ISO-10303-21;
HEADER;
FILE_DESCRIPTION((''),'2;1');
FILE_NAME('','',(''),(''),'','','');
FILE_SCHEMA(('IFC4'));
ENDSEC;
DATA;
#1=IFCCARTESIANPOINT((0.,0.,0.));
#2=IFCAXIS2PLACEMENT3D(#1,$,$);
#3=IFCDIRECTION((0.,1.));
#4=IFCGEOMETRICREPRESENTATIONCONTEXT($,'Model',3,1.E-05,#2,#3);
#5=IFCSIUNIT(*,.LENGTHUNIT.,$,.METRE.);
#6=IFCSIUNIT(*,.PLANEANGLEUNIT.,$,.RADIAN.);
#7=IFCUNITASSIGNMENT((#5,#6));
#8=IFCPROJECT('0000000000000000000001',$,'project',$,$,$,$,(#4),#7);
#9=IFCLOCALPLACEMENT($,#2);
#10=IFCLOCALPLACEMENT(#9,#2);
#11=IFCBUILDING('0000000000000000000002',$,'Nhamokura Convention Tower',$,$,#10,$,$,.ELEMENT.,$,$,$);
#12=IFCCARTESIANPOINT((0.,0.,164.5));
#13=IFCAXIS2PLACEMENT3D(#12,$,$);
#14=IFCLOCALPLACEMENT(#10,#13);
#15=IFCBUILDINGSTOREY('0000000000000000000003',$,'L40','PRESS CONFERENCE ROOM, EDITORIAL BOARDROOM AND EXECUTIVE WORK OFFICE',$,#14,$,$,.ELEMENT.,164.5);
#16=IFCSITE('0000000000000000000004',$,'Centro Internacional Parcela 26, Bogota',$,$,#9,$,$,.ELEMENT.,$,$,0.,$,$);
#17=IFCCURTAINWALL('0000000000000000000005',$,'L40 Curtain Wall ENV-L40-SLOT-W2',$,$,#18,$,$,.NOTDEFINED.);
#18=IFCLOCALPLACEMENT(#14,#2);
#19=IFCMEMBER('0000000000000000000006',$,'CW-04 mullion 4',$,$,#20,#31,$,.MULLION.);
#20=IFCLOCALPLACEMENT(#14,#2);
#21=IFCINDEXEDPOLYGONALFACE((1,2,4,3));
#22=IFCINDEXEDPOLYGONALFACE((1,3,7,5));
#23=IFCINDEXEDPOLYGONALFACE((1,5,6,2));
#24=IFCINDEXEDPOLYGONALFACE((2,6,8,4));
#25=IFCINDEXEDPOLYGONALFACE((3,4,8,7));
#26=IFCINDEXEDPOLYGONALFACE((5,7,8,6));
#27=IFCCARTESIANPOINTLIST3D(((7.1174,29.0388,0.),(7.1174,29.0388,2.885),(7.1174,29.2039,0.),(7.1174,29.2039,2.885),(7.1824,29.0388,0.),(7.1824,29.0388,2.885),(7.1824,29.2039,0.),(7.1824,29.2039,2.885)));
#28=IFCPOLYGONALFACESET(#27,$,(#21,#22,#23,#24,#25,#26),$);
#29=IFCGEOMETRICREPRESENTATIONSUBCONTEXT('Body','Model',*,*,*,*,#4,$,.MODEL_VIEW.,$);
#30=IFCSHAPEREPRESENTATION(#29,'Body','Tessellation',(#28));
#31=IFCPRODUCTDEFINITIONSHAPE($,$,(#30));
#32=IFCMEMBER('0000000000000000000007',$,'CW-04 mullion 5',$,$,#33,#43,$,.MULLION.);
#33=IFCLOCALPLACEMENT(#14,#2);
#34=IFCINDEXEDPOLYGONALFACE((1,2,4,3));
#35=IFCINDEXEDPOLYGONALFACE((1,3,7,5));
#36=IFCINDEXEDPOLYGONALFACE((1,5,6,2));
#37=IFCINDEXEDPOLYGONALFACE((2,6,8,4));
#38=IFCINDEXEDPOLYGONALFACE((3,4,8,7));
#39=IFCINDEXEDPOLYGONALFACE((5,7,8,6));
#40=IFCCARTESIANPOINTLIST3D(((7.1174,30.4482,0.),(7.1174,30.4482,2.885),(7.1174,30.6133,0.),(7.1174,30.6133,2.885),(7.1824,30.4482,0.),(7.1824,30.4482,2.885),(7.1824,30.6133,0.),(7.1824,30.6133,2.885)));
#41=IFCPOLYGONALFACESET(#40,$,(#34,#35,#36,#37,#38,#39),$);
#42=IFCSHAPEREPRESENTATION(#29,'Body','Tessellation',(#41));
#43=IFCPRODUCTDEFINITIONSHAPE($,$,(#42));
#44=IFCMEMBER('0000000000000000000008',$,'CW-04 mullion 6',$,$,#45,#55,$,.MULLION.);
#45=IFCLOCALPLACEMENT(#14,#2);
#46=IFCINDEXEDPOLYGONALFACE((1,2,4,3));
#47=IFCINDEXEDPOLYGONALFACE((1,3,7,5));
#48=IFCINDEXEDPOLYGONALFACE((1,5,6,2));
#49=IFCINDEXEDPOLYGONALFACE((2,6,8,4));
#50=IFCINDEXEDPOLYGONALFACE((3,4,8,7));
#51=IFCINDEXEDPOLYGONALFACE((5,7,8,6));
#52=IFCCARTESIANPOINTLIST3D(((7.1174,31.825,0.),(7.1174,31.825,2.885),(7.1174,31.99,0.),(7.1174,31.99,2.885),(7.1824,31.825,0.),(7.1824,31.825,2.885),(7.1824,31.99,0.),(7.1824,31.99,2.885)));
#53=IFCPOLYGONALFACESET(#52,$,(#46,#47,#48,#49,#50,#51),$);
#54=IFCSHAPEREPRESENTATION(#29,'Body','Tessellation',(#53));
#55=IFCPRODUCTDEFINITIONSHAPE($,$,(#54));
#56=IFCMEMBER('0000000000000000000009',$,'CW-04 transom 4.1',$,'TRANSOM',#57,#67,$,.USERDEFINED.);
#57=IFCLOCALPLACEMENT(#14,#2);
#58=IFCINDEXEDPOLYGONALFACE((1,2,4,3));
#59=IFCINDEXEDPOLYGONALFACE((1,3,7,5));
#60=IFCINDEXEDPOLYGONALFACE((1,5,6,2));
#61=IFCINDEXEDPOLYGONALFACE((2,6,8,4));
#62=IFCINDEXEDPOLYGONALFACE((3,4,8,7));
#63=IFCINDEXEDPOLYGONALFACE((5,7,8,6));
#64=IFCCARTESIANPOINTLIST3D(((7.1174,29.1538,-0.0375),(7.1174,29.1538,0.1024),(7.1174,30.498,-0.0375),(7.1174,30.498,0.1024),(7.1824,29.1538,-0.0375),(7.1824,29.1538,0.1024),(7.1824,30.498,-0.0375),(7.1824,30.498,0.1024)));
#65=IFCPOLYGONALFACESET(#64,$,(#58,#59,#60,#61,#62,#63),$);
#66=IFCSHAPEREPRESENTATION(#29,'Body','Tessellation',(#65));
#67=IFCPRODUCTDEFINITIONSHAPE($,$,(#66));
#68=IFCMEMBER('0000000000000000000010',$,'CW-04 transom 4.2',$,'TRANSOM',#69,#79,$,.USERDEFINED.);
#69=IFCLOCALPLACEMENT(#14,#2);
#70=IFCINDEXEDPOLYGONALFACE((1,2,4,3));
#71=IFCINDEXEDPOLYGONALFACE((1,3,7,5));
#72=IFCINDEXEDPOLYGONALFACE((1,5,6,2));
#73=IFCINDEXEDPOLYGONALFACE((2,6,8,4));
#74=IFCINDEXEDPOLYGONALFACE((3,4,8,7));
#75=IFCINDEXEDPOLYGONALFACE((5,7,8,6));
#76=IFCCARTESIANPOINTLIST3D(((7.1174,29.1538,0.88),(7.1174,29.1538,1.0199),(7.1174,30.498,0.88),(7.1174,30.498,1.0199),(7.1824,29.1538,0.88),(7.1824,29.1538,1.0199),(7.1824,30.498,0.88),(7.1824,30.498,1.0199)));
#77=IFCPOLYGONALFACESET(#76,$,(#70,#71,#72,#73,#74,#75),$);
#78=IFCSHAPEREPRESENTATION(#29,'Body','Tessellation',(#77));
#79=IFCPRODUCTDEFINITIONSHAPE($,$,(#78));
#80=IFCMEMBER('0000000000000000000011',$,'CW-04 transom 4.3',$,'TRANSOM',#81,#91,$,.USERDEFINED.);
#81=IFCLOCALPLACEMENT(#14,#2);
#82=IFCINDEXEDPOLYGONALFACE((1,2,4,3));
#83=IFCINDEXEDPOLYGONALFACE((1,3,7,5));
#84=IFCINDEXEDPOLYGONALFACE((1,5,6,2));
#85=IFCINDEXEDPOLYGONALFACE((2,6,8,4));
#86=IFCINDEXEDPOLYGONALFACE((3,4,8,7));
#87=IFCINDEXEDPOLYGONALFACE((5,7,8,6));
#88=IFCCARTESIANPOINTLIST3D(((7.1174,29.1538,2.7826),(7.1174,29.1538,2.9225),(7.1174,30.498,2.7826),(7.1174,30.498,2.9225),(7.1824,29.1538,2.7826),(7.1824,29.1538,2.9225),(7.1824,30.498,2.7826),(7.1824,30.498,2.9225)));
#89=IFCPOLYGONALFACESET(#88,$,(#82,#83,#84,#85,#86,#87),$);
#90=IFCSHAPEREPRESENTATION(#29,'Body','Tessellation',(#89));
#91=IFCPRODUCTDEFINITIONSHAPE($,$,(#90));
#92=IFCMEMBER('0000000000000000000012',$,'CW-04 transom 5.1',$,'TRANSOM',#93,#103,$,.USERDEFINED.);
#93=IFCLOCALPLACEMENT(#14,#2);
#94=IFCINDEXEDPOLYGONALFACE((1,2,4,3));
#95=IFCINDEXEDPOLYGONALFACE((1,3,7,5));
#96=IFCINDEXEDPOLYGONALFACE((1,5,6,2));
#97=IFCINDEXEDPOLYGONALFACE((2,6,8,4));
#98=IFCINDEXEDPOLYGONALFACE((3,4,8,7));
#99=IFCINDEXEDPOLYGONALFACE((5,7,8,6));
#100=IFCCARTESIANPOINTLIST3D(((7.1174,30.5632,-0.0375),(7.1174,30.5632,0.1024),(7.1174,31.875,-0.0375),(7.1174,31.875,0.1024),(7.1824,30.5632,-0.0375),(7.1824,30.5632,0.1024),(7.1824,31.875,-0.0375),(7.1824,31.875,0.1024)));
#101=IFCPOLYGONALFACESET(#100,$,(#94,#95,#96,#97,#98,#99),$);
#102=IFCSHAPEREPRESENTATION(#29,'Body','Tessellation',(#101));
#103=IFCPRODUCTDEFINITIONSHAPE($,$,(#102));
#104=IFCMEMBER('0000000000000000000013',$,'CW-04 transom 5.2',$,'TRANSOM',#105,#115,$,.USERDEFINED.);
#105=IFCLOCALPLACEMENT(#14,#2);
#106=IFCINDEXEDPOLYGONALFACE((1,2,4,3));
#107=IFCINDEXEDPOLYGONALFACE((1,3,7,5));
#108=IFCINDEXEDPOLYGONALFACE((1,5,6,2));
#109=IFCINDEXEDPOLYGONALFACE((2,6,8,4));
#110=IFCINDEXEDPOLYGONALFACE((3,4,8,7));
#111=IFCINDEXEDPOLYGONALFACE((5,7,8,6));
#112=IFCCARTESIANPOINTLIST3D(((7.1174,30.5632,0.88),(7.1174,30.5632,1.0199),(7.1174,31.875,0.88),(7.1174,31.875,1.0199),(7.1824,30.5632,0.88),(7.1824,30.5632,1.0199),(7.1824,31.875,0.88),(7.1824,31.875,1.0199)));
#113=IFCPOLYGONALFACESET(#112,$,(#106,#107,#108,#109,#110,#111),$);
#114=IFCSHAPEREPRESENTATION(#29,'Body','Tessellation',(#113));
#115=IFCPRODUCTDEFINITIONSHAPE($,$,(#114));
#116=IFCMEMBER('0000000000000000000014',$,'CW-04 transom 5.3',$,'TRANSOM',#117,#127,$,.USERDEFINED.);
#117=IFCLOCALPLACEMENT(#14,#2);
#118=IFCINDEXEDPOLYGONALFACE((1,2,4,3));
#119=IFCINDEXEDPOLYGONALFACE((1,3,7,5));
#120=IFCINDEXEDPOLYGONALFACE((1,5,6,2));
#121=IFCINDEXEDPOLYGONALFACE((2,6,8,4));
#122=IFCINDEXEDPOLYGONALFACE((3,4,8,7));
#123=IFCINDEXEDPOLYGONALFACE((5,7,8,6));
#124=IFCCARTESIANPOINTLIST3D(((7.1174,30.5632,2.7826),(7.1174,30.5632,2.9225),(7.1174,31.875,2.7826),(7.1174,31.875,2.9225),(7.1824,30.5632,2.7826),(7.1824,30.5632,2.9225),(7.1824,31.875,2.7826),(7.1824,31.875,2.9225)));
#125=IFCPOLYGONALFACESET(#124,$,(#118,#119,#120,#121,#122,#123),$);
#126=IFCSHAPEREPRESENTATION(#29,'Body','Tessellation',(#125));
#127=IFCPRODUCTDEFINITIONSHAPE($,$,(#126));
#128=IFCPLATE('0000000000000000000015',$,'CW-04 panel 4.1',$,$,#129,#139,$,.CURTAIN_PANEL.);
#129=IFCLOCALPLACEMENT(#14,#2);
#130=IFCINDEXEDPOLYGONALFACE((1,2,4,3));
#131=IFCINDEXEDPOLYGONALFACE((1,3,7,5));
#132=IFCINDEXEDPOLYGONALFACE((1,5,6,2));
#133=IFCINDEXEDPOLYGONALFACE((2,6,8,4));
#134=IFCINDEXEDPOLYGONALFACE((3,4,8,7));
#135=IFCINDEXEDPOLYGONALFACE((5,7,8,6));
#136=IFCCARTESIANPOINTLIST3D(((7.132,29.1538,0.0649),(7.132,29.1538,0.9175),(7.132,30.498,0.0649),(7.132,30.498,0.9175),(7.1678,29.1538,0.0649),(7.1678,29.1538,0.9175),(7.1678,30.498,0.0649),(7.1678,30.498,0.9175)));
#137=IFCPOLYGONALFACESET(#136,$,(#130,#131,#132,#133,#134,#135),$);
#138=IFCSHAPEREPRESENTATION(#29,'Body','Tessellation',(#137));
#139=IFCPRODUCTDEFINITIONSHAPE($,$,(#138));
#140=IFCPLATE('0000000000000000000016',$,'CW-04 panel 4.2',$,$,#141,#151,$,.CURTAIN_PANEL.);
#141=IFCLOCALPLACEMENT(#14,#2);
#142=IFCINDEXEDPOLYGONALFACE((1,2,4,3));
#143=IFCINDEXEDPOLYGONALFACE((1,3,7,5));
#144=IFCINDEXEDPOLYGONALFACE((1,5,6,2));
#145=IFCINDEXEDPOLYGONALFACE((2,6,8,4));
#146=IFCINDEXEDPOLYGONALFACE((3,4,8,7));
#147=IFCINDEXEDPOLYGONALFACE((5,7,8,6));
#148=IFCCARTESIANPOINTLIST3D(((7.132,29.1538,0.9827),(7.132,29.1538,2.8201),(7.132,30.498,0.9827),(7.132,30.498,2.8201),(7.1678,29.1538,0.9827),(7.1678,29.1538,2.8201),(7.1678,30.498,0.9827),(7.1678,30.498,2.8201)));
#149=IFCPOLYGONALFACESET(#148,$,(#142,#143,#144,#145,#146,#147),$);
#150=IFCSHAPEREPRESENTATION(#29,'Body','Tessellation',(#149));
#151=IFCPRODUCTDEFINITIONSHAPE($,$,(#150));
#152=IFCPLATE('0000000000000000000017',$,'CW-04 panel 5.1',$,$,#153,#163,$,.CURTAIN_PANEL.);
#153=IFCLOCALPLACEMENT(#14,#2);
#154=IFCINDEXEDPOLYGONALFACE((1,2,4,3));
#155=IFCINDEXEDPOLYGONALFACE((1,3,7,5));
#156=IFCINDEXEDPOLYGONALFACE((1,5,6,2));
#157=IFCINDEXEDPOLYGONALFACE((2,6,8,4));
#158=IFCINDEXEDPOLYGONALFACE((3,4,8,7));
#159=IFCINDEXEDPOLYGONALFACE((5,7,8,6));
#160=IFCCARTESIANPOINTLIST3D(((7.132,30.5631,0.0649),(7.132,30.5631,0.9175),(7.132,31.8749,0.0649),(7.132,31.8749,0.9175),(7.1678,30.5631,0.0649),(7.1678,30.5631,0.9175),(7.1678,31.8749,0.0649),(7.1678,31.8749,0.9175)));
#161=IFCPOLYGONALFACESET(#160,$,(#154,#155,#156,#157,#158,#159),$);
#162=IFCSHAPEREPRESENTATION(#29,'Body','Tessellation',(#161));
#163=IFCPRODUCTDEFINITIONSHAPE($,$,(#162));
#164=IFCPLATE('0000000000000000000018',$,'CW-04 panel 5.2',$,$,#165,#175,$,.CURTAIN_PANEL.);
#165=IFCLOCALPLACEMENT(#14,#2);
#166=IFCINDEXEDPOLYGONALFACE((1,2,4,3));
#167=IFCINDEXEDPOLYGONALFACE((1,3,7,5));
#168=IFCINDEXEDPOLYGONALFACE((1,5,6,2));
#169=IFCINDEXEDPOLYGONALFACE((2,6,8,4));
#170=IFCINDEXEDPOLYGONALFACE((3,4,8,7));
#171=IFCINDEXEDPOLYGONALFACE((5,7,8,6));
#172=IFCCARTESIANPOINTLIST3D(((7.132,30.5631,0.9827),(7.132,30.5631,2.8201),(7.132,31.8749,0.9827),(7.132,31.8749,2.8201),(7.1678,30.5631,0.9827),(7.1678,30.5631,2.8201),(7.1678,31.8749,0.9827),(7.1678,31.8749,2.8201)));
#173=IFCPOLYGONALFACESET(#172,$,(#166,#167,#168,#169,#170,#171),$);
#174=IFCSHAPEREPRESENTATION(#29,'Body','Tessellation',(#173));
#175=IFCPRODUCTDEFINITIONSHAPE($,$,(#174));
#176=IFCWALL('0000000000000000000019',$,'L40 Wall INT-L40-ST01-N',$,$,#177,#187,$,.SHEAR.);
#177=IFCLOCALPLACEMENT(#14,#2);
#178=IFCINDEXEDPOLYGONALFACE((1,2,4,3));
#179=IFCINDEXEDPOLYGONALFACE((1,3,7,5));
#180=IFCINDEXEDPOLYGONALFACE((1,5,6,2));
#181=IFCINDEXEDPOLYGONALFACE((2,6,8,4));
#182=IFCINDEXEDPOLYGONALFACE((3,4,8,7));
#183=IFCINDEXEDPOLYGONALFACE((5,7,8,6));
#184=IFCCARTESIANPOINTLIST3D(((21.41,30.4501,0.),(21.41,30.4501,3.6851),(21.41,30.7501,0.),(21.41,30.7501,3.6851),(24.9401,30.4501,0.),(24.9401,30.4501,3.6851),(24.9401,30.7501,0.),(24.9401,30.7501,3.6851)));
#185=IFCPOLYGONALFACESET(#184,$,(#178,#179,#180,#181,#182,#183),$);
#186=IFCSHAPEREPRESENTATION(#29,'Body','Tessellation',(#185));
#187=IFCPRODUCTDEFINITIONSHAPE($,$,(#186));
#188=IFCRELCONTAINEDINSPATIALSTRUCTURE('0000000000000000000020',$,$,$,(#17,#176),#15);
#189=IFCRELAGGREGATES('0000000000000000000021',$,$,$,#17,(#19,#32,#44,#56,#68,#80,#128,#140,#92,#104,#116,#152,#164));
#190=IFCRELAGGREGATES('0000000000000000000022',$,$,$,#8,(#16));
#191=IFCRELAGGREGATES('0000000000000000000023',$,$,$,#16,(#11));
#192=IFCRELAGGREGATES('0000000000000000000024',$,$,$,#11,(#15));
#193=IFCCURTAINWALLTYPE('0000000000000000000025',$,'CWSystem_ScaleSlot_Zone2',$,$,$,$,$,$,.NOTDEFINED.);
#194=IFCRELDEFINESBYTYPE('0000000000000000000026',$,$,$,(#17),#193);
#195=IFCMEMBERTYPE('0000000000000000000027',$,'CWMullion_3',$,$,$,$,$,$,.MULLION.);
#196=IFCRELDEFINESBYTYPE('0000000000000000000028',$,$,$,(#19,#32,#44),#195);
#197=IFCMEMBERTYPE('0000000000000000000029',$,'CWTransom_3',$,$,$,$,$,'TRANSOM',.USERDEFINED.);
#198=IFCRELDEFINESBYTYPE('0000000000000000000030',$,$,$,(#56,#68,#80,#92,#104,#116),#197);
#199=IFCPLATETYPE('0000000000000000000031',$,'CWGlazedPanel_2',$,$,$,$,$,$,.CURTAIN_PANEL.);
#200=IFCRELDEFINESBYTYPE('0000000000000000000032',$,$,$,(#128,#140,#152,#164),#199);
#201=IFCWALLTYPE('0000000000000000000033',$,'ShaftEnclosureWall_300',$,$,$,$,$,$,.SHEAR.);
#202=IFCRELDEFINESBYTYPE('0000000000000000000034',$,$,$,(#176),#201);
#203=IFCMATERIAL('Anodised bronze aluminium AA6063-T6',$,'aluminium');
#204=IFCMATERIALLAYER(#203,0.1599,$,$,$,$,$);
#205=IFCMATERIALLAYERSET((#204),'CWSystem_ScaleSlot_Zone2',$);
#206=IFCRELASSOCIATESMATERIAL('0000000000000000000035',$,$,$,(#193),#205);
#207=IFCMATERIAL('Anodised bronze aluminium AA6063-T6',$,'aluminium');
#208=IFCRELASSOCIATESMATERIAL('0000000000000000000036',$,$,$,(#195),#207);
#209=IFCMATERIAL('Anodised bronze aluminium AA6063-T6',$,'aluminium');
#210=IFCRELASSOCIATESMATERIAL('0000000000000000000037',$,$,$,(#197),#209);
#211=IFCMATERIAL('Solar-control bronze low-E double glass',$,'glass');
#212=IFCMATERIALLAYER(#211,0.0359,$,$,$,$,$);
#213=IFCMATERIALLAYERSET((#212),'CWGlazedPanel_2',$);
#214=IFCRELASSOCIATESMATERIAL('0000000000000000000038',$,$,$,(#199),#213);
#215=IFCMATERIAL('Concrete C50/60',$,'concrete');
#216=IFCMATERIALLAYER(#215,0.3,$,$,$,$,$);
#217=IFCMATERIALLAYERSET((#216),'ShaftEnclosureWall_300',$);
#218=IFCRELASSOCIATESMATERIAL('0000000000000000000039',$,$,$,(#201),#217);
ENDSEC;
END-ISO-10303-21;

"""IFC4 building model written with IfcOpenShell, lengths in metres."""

from ifc_helpers import new_model, si_unit, direction, frame, frame_2d, origin, origin_2d, place, context, subcontext, project, spatial, rectangle, extrude, material, layer, layer_set, material_profile, profile_set, type_object, element, aggregate, save


model = new_model("IFC4")

# Units and contexts
model_context = context("Model", 3, precision=1e-05, world=origin(), true_north=direction((0.0, 1.0)))
body_context = subcontext(model_context, "Body", "Model", "MODEL_VIEW")
ifc_project = project(units=[si_unit("LENGTHUNIT", "METRE"), si_unit("PLANEANGLEUNIT", "RADIAN")], contexts=[model_context])

# Site, building, storey
site_placement = place(None, origin())
site = spatial("IfcSite", under=ifc_project, at=site_placement, Name="Centro Internacional Parcela 26, Bogota", CompositionType="ELEMENT", RefElevation=0.0)
building_placement = place(site_placement, origin())
building = spatial("IfcBuilding", under=site, at=building_placement, Name="Nhamokura Convention Tower", CompositionType="ELEMENT")
storey_placement = place(building_placement, frame((0.0, 0.0, 164.5)))
storey = spatial("IfcBuildingStorey", under=building, at=storey_placement, Name="L40", Description="PRESS CONFERENCE ROOM, EDITORIAL BOARDROOM AND EXECUTIVE WORK OFFICE", CompositionType="ELEMENT", Elevation=164.5)

# Curtain wall, members, plates
ifc_material_1 = material(Name="Anodised bronze aluminium AA6063-T6", Category="aluminium")
ifc_layer_1 = layer(ifc_material_1, 0.1599)
ifc_layer_set_1 = layer_set([ifc_layer_1], Name="CWSystem_ScaleSlot_Zone2")
curtain_wall_type = type_object("IfcCurtainWallType", Name="CWSystem_ScaleSlot_Zone2", PredefinedType="NOTDEFINED", material=ifc_layer_set_1)
curtain_wall_placement = place(storey_placement, origin())
curtain_wall = element("IfcCurtainWall", 1, at=curtain_wall_placement, inside=storey, type_object=curtain_wall_type, Name="L40 Curtain Wall ENV-L40-SLOT-W2", PredefinedType="NOTDEFINED")
ifc_material_2 = material(Name="Anodised bronze aluminium AA6063-T6", Category="aluminium")
ifc_material_profile_1 = material_profile(ifc_material_2, rectangle(XDim=0.0649, YDim=0.165, at=origin_2d()))
ifc_profile_set_1 = profile_set([ifc_material_profile_1], Name="Anodised bronze aluminium AA6063-T6")
member_type_1 = type_object("IfcMemberType", Name="CWMullion_3", PredefinedType="MULLION", material=ifc_profile_set_1)
member_1_placement = place(storey_placement, frame((7.1499, 29.1213, 0.0), z_axis=(0.0, 0.0, 1.0), x_axis=(-1.0, 0.0, 0.0)))
member_1 = element("IfcMember", 2, at=member_1_placement, type_object=member_type_1, Name="CW-04 mullion 4", PredefinedType="MULLION", context=body_context, shape_type="SweptSolid", body=[
    extrude(rectangle(XDim=0.0649, YDim=0.165, at=origin_2d()), origin(), (0.0, 0.0, 1.0), 2.885),
])
member_2_placement = place(storey_placement, frame((7.1499, 30.5308, 0.0), z_axis=(0.0, 0.0, 1.0), x_axis=(-1.0, 0.0, 0.0)))
member_2 = element("IfcMember", 3, at=member_2_placement, type_object=member_type_1, Name="CW-04 mullion 5", PredefinedType="MULLION", context=body_context, shape_type="SweptSolid", body=[
    extrude(rectangle(XDim=0.0649, YDim=0.165, at=origin_2d()), origin(), (0.0, 0.0, 1.0), 2.885),
])
member_3_placement = place(storey_placement, frame((7.1499, 31.9075, 0.0), z_axis=(0.0, 0.0, 1.0), x_axis=(-1.0, 0.0, 0.0)))
member_3 = element("IfcMember", 4, at=member_3_placement, type_object=member_type_1, Name="CW-04 mullion 6", PredefinedType="MULLION", context=body_context, shape_type="SweptSolid", body=[
    extrude(rectangle(XDim=0.0649, YDim=0.165, at=origin_2d()), origin(), (0.0, 0.0, 1.0), 2.885),
])
ifc_material_3 = material(Name="Anodised bronze aluminium AA6063-T6", Category="aluminium")
ifc_material_profile_2 = material_profile(ifc_material_3, rectangle(XDim=0.0649, YDim=0.1399, at=origin_2d()))
ifc_profile_set_2 = profile_set([ifc_material_profile_2], Name="Anodised bronze aluminium AA6063-T6")
member_type_2 = type_object("IfcMemberType", Name="CWTransom_3", ElementType="TRANSOM", PredefinedType="USERDEFINED", material=ifc_profile_set_2)
member_4_placement = place(storey_placement, frame((7.1499, 29.1538, 0.0325), z_axis=(0.0, 1.0, 0.0), x_axis=(-1.0, 0.0, 0.0)))
member_4 = element("IfcMember", 5, at=member_4_placement, type_object=member_type_2, Name="CW-04 transom 4.1", ObjectType="TRANSOM", PredefinedType="USERDEFINED", context=body_context, shape_type="SweptSolid", body=[
    extrude(rectangle(XDim=0.0649, YDim=0.1399, at=origin_2d()), origin(), (0.0, 0.0, 1.0), 1.3442),
])
member_5_placement = place(storey_placement, frame((7.1499, 29.1538, 0.95), z_axis=(0.0, 1.0, 0.0), x_axis=(-1.0, 0.0, 0.0)))
member_5 = element("IfcMember", 6, at=member_5_placement, type_object=member_type_2, Name="CW-04 transom 4.2", ObjectType="TRANSOM", PredefinedType="USERDEFINED", context=body_context, shape_type="SweptSolid", body=[
    extrude(rectangle(XDim=0.0649, YDim=0.1399, at=origin_2d()), origin(), (0.0, 0.0, 1.0), 1.3442),
])
member_6_placement = place(storey_placement, frame((7.1499, 29.1538, 2.8525), z_axis=(0.0, 1.0, 0.0), x_axis=(-1.0, 0.0, 0.0)))
member_6 = element("IfcMember", 7, at=member_6_placement, type_object=member_type_2, Name="CW-04 transom 4.3", ObjectType="TRANSOM", PredefinedType="USERDEFINED", context=body_context, shape_type="SweptSolid", body=[
    extrude(rectangle(XDim=0.0649, YDim=0.1399, at=origin_2d()), origin(), (0.0, 0.0, 1.0), 1.3442),
])
member_7_placement = place(storey_placement, frame((7.1499, 30.5632, 0.0325), z_axis=(0.0, 1.0, 0.0), x_axis=(-1.0, 0.0, 0.0)))
member_7 = element("IfcMember", 8, at=member_7_placement, type_object=member_type_2, Name="CW-04 transom 5.1", ObjectType="TRANSOM", PredefinedType="USERDEFINED", context=body_context, shape_type="SweptSolid", body=[
    extrude(rectangle(XDim=0.0649, YDim=0.1399, at=origin_2d()), origin(), (0.0, 0.0, 1.0), 1.3118),
])
member_8_placement = place(storey_placement, frame((7.1499, 30.5632, 0.95), z_axis=(0.0, 1.0, 0.0), x_axis=(-1.0, 0.0, 0.0)))
member_8 = element("IfcMember", 9, at=member_8_placement, type_object=member_type_2, Name="CW-04 transom 5.2", ObjectType="TRANSOM", PredefinedType="USERDEFINED", context=body_context, shape_type="SweptSolid", body=[
    extrude(rectangle(XDim=0.0649, YDim=0.1399, at=origin_2d()), origin(), (0.0, 0.0, 1.0), 1.3118),
])
member_9_placement = place(storey_placement, frame((7.1499, 30.5632, 2.8525), z_axis=(0.0, 1.0, 0.0), x_axis=(-1.0, 0.0, 0.0)))
member_9 = element("IfcMember", 10, at=member_9_placement, type_object=member_type_2, Name="CW-04 transom 5.3", ObjectType="TRANSOM", PredefinedType="USERDEFINED", context=body_context, shape_type="SweptSolid", body=[
    extrude(rectangle(XDim=0.0649, YDim=0.1399, at=origin_2d()), origin(), (0.0, 0.0, 1.0), 1.3118),
])
ifc_material_4 = material(Name="Solar-control bronze low-E double glass", Category="glass")
ifc_layer_2 = layer(ifc_material_4, 0.0359)
ifc_layer_set_2 = layer_set([ifc_layer_2], Name="CWGlazedPanel_2")
plate_type = type_object("IfcPlateType", Name="CWGlazedPanel_2", PredefinedType="CURTAIN_PANEL", material=ifc_layer_set_2)
plate_1_placement = place(storey_placement, frame((7.1499, 29.8259, 0.0649), z_axis=(0.0, 0.0, 1.0), x_axis=(0.0, 1.0, 0.0)))
plate_1 = element("IfcPlate", 11, at=plate_1_placement, type_object=plate_type, Name="CW-04 panel 4.1", PredefinedType="CURTAIN_PANEL", context=body_context, shape_type="SweptSolid", body=[
    extrude(rectangle(XDim=1.3442, YDim=0.0359, at=origin_2d()), origin(), (0.0, 0.0, 1.0), 0.8525),
])
plate_2_placement = place(storey_placement, frame((7.1499, 29.8259, 0.9827), z_axis=(0.0, 0.0, 1.0), x_axis=(0.0, 1.0, 0.0)))
plate_2 = element("IfcPlate", 12, at=plate_2_placement, type_object=plate_type, Name="CW-04 panel 4.2", PredefinedType="CURTAIN_PANEL", context=body_context, shape_type="SweptSolid", body=[
    extrude(rectangle(XDim=1.3442, YDim=0.0359, at=origin_2d()), origin(), (0.0, 0.0, 1.0), 1.8374),
])
plate_3_placement = place(storey_placement, frame((7.1499, 31.219, 0.0649), z_axis=(0.0, 0.0, 1.0), x_axis=(0.0, 1.0, 0.0)))
plate_3 = element("IfcPlate", 13, at=plate_3_placement, type_object=plate_type, Name="CW-04 panel 5.1", PredefinedType="CURTAIN_PANEL", context=body_context, shape_type="SweptSolid", body=[
    extrude(rectangle(XDim=1.3118, YDim=0.0359, at=origin_2d()), origin(), (0.0, 0.0, 1.0), 0.8525),
])
plate_4_placement = place(storey_placement, frame((7.1499, 31.219, 0.9827), z_axis=(0.0, 0.0, 1.0), x_axis=(0.0, 1.0, 0.0)))
plate_4 = element("IfcPlate", 14, at=plate_4_placement, type_object=plate_type, Name="CW-04 panel 5.2", PredefinedType="CURTAIN_PANEL", context=body_context, shape_type="SweptSolid", body=[
    extrude(rectangle(XDim=1.3118, YDim=0.0359, at=origin_2d()), origin(), (0.0, 0.0, 1.0), 1.8374),
])
aggregate(curtain_wall, [member_1, member_2, member_3, member_4, member_5, member_6, plate_1, plate_2, member_7, member_8, member_9, plate_3, plate_4])

# Wall
ifc_material_5 = material(Name="Concrete C50/60", Category="concrete")
ifc_layer_3 = layer(ifc_material_5, 0.3)
ifc_layer_set_3 = layer_set([ifc_layer_3], Name="ShaftEnclosureWall_300")
wall_type_1 = type_object("IfcWallType", Name="ShaftEnclosureWall_300", PredefinedType="SHEAR", material=ifc_layer_set_3)
wall_1_placement = place(storey_placement, frame((21.4099, 30.6001, 0.0), z_axis=(0.0, 0.0, 1.0), x_axis=(1.0, 0.0, 0.0)))
element("IfcWall", 15, at=wall_1_placement, inside=storey, type_object=wall_type_1, Name="L40 Wall INT-L40-ST01-N", PredefinedType="SHEAR", context=body_context, shape_type="SweptSolid", body=[
    extrude(rectangle(XDim=3.53, YDim=0.3, at=frame_2d((1.7651, 0.0))), origin(), (0.0, 0.0, 1.0), 3.6851),
])

save(model, "model.ifc")
